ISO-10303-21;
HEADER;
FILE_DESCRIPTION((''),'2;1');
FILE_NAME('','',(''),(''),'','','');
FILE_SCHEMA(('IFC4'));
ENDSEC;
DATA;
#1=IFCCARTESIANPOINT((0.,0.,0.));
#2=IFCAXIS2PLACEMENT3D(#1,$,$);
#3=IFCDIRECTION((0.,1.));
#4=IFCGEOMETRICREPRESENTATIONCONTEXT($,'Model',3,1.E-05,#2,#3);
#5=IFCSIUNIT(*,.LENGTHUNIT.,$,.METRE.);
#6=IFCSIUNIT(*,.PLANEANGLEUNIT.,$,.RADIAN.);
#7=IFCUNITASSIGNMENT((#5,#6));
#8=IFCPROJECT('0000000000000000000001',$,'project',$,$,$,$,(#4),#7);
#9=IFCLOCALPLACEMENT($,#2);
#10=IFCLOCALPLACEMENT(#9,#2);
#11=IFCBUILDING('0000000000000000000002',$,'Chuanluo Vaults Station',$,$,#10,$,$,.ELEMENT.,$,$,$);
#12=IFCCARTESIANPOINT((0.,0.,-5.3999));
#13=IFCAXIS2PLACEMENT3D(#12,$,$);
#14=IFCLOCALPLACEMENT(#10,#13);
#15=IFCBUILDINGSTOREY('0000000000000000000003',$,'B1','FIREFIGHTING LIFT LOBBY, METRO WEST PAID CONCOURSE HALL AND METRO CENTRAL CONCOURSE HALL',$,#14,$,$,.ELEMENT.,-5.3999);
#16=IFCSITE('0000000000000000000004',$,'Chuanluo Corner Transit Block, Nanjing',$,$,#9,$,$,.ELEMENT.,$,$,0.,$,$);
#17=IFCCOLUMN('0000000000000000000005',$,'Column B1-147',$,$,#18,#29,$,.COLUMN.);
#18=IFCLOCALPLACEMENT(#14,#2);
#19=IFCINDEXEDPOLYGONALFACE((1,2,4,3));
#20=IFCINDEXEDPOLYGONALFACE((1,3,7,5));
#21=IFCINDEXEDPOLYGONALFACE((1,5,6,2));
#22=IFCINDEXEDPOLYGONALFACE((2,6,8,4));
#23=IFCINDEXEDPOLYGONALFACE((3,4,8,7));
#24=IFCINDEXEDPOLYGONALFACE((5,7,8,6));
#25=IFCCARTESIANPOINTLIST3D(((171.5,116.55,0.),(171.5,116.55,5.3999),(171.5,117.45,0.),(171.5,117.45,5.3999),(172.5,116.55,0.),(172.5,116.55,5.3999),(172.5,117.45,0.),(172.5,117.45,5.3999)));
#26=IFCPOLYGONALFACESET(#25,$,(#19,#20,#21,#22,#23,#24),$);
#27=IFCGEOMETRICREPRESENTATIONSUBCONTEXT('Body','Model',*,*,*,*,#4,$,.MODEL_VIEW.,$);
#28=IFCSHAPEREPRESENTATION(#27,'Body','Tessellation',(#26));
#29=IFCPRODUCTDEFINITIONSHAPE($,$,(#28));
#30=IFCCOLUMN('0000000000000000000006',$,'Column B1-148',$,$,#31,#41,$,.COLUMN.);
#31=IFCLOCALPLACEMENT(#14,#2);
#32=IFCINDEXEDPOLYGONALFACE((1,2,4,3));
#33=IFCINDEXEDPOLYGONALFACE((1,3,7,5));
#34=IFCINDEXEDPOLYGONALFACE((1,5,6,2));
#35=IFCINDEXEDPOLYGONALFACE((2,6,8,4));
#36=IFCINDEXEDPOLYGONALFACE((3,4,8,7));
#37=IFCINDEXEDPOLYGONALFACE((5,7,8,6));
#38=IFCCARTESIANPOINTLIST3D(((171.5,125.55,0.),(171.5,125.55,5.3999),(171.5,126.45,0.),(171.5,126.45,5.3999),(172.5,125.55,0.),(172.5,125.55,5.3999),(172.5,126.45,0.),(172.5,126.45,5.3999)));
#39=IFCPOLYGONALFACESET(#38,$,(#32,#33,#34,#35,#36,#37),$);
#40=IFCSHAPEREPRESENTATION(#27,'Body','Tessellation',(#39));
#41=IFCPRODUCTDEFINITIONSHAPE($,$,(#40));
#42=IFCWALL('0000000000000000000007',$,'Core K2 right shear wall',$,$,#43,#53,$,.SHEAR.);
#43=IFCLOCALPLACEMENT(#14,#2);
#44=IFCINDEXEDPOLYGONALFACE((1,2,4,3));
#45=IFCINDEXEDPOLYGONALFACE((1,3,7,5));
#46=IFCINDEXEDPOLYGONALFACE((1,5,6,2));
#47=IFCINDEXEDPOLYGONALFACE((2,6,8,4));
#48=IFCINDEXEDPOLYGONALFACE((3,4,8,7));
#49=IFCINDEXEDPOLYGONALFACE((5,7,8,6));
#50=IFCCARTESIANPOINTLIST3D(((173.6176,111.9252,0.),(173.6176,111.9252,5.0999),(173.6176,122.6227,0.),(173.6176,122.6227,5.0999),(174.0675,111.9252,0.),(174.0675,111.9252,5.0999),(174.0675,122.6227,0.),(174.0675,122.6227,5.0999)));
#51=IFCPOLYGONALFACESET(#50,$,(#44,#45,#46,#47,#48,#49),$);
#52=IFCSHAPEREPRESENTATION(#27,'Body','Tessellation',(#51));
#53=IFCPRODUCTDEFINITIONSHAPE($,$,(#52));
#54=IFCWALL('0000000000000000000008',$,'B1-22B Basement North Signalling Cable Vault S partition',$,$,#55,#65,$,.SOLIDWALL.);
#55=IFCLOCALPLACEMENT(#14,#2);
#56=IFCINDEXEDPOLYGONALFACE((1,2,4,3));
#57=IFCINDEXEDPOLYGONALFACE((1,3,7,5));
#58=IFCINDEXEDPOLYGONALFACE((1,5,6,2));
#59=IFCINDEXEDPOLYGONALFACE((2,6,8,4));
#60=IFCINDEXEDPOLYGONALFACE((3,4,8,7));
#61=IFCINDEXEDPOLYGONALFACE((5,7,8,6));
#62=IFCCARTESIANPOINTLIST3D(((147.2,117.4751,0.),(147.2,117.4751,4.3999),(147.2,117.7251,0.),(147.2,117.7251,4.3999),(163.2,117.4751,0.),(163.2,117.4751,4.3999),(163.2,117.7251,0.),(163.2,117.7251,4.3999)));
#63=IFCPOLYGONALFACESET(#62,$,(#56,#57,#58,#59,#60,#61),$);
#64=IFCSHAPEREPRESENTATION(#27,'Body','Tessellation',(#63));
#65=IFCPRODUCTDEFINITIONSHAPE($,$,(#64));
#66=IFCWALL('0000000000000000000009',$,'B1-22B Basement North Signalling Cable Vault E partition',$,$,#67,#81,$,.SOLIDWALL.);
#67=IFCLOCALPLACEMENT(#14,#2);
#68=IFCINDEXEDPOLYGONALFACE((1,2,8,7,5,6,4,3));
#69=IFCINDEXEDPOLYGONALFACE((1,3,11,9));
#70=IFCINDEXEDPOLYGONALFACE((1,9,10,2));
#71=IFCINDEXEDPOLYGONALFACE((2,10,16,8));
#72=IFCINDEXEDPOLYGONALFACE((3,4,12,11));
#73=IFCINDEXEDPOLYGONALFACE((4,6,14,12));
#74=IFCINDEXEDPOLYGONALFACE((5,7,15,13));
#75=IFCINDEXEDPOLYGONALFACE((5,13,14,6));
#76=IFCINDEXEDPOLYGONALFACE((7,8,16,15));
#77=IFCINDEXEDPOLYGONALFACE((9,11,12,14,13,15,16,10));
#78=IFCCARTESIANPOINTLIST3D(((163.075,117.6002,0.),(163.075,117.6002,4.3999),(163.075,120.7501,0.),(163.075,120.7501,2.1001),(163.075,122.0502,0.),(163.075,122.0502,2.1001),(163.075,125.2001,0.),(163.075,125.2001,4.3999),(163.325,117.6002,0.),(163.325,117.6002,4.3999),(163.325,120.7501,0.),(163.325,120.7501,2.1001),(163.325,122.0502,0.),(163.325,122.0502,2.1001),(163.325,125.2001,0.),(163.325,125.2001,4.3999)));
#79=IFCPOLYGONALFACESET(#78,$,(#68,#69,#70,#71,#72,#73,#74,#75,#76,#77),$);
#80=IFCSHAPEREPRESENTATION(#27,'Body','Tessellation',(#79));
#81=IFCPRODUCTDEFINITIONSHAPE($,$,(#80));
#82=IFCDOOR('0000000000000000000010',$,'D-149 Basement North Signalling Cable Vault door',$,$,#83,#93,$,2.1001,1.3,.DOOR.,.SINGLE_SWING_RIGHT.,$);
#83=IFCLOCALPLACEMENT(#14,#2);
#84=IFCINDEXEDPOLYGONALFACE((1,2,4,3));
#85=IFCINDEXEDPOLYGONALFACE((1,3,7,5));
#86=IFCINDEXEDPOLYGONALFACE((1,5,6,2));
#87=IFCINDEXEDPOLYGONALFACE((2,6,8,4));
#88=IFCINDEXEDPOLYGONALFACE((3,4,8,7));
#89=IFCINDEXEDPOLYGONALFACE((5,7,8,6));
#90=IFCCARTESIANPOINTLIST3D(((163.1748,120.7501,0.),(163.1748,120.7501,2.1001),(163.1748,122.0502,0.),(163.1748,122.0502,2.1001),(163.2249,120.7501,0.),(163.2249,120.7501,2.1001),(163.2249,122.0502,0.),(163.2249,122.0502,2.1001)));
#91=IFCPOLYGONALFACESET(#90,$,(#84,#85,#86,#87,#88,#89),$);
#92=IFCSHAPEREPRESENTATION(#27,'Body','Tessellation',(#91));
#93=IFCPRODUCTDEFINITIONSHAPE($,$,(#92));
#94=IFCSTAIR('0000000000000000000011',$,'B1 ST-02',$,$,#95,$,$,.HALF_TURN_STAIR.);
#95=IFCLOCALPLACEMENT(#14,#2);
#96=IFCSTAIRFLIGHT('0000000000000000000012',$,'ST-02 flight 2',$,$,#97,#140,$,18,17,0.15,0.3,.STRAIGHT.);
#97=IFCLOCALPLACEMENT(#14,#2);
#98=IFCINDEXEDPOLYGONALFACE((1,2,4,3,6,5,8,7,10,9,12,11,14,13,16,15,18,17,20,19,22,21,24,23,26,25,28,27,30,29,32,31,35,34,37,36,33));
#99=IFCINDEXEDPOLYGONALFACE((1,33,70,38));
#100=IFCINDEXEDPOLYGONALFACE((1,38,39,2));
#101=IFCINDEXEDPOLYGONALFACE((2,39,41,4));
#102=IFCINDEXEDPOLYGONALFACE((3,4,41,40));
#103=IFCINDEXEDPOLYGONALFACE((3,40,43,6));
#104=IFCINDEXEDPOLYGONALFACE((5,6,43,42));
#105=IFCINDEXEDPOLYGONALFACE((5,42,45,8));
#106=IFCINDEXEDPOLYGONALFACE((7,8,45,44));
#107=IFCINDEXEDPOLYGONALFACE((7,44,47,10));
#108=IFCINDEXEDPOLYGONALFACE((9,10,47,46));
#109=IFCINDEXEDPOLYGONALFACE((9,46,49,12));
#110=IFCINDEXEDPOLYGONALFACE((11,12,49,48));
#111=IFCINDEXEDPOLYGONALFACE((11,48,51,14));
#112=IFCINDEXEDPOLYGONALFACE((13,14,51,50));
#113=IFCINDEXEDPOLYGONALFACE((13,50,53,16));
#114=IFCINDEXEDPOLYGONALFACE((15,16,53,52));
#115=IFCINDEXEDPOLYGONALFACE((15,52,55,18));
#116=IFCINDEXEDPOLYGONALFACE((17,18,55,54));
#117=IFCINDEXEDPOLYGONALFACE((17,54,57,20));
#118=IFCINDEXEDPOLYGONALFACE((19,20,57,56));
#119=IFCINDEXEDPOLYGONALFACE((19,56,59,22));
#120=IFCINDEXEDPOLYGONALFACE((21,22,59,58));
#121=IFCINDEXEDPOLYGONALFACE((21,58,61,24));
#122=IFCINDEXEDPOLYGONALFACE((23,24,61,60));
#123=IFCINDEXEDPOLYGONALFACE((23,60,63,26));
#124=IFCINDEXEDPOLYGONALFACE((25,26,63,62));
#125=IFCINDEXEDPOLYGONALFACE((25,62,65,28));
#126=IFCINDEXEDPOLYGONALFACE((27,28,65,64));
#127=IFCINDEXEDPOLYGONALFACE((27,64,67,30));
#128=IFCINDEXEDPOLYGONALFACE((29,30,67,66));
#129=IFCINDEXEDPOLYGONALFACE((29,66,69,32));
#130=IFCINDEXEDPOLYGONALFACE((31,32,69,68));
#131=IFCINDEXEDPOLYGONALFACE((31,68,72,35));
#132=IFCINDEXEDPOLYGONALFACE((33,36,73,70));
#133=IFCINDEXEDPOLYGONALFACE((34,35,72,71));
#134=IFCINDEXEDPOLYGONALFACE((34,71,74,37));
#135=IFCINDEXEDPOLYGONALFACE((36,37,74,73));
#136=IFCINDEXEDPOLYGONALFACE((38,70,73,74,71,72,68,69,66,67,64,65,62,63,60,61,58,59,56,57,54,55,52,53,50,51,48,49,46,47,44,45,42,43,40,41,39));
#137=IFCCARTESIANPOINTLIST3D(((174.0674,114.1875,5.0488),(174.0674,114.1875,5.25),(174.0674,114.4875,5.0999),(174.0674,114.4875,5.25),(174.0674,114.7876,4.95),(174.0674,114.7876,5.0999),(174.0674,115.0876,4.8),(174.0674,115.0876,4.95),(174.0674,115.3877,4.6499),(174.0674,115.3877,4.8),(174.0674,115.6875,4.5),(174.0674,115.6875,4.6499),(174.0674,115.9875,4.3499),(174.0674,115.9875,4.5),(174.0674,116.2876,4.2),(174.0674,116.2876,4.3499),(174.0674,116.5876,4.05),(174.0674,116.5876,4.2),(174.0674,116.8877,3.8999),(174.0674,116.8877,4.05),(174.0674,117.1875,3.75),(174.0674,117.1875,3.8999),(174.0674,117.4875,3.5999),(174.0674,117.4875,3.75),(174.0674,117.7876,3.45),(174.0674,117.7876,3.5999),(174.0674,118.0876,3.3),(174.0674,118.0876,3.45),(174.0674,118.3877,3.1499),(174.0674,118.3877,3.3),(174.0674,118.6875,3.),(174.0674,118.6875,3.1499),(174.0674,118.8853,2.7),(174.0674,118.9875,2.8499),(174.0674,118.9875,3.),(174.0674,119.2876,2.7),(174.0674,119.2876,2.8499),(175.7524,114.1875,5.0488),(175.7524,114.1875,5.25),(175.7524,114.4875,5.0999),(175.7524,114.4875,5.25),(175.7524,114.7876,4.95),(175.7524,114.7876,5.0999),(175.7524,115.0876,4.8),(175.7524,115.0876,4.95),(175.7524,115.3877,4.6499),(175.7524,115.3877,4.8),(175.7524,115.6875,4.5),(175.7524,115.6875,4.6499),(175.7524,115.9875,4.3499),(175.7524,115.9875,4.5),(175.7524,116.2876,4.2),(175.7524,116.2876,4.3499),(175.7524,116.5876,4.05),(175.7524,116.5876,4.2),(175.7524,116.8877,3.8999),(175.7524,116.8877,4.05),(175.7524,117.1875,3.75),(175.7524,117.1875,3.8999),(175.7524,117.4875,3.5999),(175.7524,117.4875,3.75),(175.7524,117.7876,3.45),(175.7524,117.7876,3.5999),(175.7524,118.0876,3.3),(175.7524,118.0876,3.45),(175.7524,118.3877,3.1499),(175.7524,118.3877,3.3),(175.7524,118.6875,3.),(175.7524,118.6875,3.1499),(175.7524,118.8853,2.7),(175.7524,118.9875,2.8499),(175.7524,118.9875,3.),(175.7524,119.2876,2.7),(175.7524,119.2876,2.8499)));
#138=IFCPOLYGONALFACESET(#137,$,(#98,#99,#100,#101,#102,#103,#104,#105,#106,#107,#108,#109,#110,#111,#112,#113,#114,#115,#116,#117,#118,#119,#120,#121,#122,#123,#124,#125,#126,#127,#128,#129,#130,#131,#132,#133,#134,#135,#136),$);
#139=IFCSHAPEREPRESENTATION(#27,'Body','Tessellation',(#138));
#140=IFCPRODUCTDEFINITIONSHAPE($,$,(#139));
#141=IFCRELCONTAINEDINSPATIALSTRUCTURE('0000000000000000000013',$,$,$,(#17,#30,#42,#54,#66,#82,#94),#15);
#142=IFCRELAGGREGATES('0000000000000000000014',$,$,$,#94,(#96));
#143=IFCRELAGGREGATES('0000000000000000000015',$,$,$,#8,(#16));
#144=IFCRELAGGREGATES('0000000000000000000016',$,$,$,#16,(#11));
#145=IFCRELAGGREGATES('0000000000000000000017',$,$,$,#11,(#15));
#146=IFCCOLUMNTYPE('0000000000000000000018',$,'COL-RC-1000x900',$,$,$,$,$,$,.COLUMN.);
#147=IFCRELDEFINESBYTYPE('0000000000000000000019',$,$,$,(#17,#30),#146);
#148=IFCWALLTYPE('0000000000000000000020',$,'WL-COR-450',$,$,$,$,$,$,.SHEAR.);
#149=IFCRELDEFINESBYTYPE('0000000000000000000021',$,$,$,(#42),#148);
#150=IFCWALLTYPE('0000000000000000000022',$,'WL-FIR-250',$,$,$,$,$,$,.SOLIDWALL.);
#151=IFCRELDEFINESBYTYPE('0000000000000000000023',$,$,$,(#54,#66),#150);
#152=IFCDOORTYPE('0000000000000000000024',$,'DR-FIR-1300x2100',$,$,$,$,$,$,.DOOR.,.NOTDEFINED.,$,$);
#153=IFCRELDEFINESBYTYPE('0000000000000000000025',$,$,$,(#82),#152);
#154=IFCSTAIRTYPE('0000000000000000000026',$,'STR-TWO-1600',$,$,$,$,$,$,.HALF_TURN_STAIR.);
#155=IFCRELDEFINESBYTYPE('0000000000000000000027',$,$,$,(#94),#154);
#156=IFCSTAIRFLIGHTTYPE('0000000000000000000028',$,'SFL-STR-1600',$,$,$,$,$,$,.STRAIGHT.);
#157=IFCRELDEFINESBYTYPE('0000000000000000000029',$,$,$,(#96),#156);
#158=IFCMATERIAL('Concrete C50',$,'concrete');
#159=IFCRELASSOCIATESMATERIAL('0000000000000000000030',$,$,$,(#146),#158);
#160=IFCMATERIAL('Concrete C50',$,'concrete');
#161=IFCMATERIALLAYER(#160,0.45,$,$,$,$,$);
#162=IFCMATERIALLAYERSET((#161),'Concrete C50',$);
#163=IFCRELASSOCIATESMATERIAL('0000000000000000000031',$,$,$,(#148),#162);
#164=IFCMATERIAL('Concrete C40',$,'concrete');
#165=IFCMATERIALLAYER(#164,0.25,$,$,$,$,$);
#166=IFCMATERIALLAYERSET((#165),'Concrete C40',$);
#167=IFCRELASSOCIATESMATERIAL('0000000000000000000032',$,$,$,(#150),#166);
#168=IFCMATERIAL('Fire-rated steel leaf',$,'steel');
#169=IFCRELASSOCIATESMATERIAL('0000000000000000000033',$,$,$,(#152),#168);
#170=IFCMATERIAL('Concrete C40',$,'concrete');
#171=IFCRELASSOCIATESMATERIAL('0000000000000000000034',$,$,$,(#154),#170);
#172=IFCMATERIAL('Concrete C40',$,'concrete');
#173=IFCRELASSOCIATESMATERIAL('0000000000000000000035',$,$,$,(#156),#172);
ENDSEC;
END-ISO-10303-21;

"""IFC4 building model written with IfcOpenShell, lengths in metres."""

from ifc_helpers import new_model, si_unit, direction, frame, frame_2d, origin, origin_2d, place, context, subcontext, project, spatial, polyline, rectangle, outline, extrude, material, layer, layer_set, material_profile, profile_set, type_object, element, fill, aggregate, save


model = new_model("IFC4")

# Units and contexts
model_context = context("Model", 3, precision=1e-05, world=origin(), true_north=direction((0.0, 1.0)))
body_context = subcontext(model_context, "Body", "Model", "MODEL_VIEW")
ifc_project = project(units=[si_unit("LENGTHUNIT", "METRE"), si_unit("PLANEANGLEUNIT", "RADIAN")], contexts=[model_context])

# Site, building, storey
site_placement = place(None, origin())
site = spatial("IfcSite", under=ifc_project, at=site_placement, Name="Chuanluo Corner Transit Block, Nanjing", CompositionType="ELEMENT", RefElevation=0.0)
building_placement = place(site_placement, origin())
building = spatial("IfcBuilding", under=site, at=building_placement, Name="Chuanluo Vaults Station", CompositionType="ELEMENT")
storey_placement = place(building_placement, frame((0.0, 0.0, -5.3999)))
storey = spatial("IfcBuildingStorey", under=building, at=storey_placement, Name="B1", Description="FIREFIGHTING LIFT LOBBY, METRO WEST PAID CONCOURSE HALL AND METRO CENTRAL CONCOURSE HALL", CompositionType="ELEMENT", Elevation=-5.3999)

# Columns
ifc_material_1 = material(Name="Concrete C50", Category="concrete")
ifc_material_profile_1 = material_profile(ifc_material_1, rectangle(XDim=1.0, YDim=0.8999, at=origin_2d()))
ifc_profile_set_1 = profile_set([ifc_material_profile_1], Name="Concrete C50")
column_type = type_object("IfcColumnType", Name="COL-RC-1000x900", PredefinedType="COLUMN", material=ifc_profile_set_1)
for number, where, z_axis, x_axis, name in (
    (1, (172.0, 117.0, 0.0), (0.0, 0.0, 1.0), (1.0, 0.0, 0.0), "Column B1-147"),
    (2, (172.0, 126.0, 0.0), (0.0, 0.0, 1.0), (1.0, 0.0, 0.0), "Column B1-148"),
):
    element("IfcColumn", number, at=place(storey_placement, frame(where, z_axis=z_axis, x_axis=x_axis)), inside=storey, type_object=column_type, Name=name, PredefinedType="COLUMN", context=body_context, shape_type="SweptSolid", body=[
        extrude(rectangle(XDim=1.0, YDim=0.8999, at=origin_2d()), origin(), (0.0, 0.0, 1.0), 5.3999),
    ])

# Walls
ifc_material_2 = material(Name="Concrete C50", Category="concrete")
ifc_layer_1 = layer(ifc_material_2, 0.45)
ifc_layer_set_1 = layer_set([ifc_layer_1], Name="Concrete C50")
wall_type_1 = type_object("IfcWallType", Name="WL-COR-450", PredefinedType="SHEAR", material=ifc_layer_set_1)
wall_1_placement = place(storey_placement, frame((173.8425, 122.6226, 0.0), z_axis=(0.0, 0.0, 1.0), x_axis=(0.0, -1.0, 0.0)))
element("IfcWall", 3, at=wall_1_placement, inside=storey, type_object=wall_type_1, Name="Core K2 right shear wall", PredefinedType="SHEAR", context=body_context, shape_type="SweptSolid", body=[
    extrude(rectangle(XDim=10.6975, YDim=0.45, at=frame_2d((5.3486, 0.0))), origin(), (0.0, 0.0, 1.0), 5.0999),
])
ifc_material_3 = material(Name="Concrete C40", Category="concrete")
ifc_layer_2 = layer(ifc_material_3, 0.25)
ifc_layer_set_2 = layer_set([ifc_layer_2], Name="Concrete C40")
wall_type_2 = type_object("IfcWallType", Name="WL-FIR-250", PredefinedType="SOLIDWALL", material=ifc_layer_set_2)
wall_2_placement = place(storey_placement, frame((163.2, 117.6001, 0.0), z_axis=(0.0, 0.0, 1.0), x_axis=(-1.0, 0.0, 0.0)))
element("IfcWall", 4, at=wall_2_placement, inside=storey, type_object=wall_type_2, Name="B1-22B Basement North Signalling Cable Vault S partition", PredefinedType="SOLIDWALL", context=body_context, shape_type="SweptSolid", body=[
    extrude(rectangle(XDim=16.0, YDim=0.25, at=frame_2d((8.0, 0.0))), origin(), (0.0, 0.0, 1.0), 4.3999),
])

# Wall, opening, door
wall_3_placement = place(storey_placement, frame((163.2, 125.2, 0.0), z_axis=(0.0, 0.0, 1.0), x_axis=(0.0, -1.0, 0.0)))
wall_3 = element("IfcWall", 5, at=wall_3_placement, inside=storey, type_object=wall_type_2, Name="B1-22B Basement North Signalling Cable Vault E partition", PredefinedType="SOLIDWALL", context=body_context, shape_type="SweptSolid", body=[
    extrude(rectangle(XDim=7.5999, YDim=0.25, at=frame_2d((3.7998, 0.0))), origin(), (0.0, 0.0, 1.0), 4.3999),
])
opening_placement = place(wall_3_placement, frame((3.1499, 0.0, 0.0)))
opening = element("IfcOpeningElement", 6, at=opening_placement, cuts=wall_3, PredefinedType="OPENING", context=body_context, shape_type="SweptSolid", body=[
    extrude(rectangle(XDim=1.3, YDim=2.1001, at=frame_2d((0.6499, 1.05))), frame((0.0, 0.135, 0.0), z_axis=(0.0, -1.0, 0.0), x_axis=(1.0, 0.0, 0.0)), (0.0, 0.0, 1.0), 0.27),
])
ifc_material_4 = material(Name="Fire-rated steel leaf", Category="steel")
door_type = type_object("IfcDoorType", Name="DR-FIR-1300x2100", OperationType="NOTDEFINED", PredefinedType="DOOR", material=ifc_material_4)
door_placement = place(opening_placement, origin())
door = element("IfcDoor", 7, at=door_placement, inside=storey, type_object=door_type, Name="D-149 Basement North Signalling Cable Vault door", OperationType="SINGLE_SWING_RIGHT", OverallHeight=2.1001, OverallWidth=1.3, PredefinedType="DOOR", context=body_context, shape_type="SweptSolid", body=[
    extrude(rectangle(XDim=1.3, YDim=2.1001, at=frame_2d((0.6499, 1.05))), frame((0.0, 0.0249, 0.0), z_axis=(0.0, -1.0, 0.0), x_axis=(1.0, 0.0, 0.0)), (0.0, 0.0, 1.0), 0.05),
])
fill(opening, door)

# Stair, stair flight
ifc_material_5 = material(Name="Concrete C40", Category="concrete")
stair_type = type_object("IfcStairType", Name="STR-TWO-1600", PredefinedType="HALF_TURN_STAIR", material=ifc_material_5)
stair_placement = place(storey_placement, origin())
stair = element("IfcStair", 8, at=stair_placement, inside=storey, type_object=stair_type, Name="B1 ST-02", PredefinedType="HALF_TURN_STAIR")
ifc_material_6 = material(Name="Concrete C40", Category="concrete")
stair_flight_type = type_object("IfcStairFlightType", Name="SFL-STR-1600", PredefinedType="STRAIGHT", material=ifc_material_6)
stair_flight_placement = place(storey_placement, frame((174.9099, 119.2876, 2.7), z_axis=(0.0, 0.0, 1.0), x_axis=(0.0, -1.0, 0.0)))
stair_flight = element("IfcStairFlight", 9, at=stair_flight_placement, type_object=stair_flight_type, Name="ST-02 flight 2", NumberOfRisers=18, NumberOfTreads=17, PredefinedType="STRAIGHT", RiserHeight=0.15, TreadLength=0.3, context=body_context, shape_type="SweptSolid", body=[
    extrude(outline(polyline([(0.0, 0.0), (0.0, 0.1499), (0.3, 0.1499), (0.3, 0.3), (0.6001, 0.3), (0.6001, 0.45), (0.8999, 0.45), (0.8999, 0.6001), (1.2, 0.6001), (1.2, 0.75), (1.5, 0.75), (1.5, 0.8999), (1.8, 0.8999), (1.8, 1.05), (2.1001, 1.05), (2.1001, 1.2), (2.3999, 1.2), (2.3999, 1.3501), (2.7, 1.3501), (2.7, 1.5), (3.0, 1.5), (3.0, 1.6499), (3.3, 1.6499), (3.3, 1.8), (3.6001, 1.8), (3.6001, 1.95), (3.8999, 1.95), (3.8999, 2.1001), (4.2, 2.1001), (4.2, 2.25), (4.5, 2.25), (4.5, 2.3999), (4.8, 2.3999), (4.8, 2.55), (5.1001, 2.55), (5.1001, 2.7), (5.1001, 2.3489), (0.4023, 0.0), (0.0, 0.0)])), frame((0.0, 0.8425, 0.0), z_axis=(0.0, -1.0, 0.0), x_axis=(1.0, 0.0, 0.0)), (0.0, 0.0, 1.0), 1.6851),
])
aggregate(stair, [stair_flight])

save(model, "model.ifc")
